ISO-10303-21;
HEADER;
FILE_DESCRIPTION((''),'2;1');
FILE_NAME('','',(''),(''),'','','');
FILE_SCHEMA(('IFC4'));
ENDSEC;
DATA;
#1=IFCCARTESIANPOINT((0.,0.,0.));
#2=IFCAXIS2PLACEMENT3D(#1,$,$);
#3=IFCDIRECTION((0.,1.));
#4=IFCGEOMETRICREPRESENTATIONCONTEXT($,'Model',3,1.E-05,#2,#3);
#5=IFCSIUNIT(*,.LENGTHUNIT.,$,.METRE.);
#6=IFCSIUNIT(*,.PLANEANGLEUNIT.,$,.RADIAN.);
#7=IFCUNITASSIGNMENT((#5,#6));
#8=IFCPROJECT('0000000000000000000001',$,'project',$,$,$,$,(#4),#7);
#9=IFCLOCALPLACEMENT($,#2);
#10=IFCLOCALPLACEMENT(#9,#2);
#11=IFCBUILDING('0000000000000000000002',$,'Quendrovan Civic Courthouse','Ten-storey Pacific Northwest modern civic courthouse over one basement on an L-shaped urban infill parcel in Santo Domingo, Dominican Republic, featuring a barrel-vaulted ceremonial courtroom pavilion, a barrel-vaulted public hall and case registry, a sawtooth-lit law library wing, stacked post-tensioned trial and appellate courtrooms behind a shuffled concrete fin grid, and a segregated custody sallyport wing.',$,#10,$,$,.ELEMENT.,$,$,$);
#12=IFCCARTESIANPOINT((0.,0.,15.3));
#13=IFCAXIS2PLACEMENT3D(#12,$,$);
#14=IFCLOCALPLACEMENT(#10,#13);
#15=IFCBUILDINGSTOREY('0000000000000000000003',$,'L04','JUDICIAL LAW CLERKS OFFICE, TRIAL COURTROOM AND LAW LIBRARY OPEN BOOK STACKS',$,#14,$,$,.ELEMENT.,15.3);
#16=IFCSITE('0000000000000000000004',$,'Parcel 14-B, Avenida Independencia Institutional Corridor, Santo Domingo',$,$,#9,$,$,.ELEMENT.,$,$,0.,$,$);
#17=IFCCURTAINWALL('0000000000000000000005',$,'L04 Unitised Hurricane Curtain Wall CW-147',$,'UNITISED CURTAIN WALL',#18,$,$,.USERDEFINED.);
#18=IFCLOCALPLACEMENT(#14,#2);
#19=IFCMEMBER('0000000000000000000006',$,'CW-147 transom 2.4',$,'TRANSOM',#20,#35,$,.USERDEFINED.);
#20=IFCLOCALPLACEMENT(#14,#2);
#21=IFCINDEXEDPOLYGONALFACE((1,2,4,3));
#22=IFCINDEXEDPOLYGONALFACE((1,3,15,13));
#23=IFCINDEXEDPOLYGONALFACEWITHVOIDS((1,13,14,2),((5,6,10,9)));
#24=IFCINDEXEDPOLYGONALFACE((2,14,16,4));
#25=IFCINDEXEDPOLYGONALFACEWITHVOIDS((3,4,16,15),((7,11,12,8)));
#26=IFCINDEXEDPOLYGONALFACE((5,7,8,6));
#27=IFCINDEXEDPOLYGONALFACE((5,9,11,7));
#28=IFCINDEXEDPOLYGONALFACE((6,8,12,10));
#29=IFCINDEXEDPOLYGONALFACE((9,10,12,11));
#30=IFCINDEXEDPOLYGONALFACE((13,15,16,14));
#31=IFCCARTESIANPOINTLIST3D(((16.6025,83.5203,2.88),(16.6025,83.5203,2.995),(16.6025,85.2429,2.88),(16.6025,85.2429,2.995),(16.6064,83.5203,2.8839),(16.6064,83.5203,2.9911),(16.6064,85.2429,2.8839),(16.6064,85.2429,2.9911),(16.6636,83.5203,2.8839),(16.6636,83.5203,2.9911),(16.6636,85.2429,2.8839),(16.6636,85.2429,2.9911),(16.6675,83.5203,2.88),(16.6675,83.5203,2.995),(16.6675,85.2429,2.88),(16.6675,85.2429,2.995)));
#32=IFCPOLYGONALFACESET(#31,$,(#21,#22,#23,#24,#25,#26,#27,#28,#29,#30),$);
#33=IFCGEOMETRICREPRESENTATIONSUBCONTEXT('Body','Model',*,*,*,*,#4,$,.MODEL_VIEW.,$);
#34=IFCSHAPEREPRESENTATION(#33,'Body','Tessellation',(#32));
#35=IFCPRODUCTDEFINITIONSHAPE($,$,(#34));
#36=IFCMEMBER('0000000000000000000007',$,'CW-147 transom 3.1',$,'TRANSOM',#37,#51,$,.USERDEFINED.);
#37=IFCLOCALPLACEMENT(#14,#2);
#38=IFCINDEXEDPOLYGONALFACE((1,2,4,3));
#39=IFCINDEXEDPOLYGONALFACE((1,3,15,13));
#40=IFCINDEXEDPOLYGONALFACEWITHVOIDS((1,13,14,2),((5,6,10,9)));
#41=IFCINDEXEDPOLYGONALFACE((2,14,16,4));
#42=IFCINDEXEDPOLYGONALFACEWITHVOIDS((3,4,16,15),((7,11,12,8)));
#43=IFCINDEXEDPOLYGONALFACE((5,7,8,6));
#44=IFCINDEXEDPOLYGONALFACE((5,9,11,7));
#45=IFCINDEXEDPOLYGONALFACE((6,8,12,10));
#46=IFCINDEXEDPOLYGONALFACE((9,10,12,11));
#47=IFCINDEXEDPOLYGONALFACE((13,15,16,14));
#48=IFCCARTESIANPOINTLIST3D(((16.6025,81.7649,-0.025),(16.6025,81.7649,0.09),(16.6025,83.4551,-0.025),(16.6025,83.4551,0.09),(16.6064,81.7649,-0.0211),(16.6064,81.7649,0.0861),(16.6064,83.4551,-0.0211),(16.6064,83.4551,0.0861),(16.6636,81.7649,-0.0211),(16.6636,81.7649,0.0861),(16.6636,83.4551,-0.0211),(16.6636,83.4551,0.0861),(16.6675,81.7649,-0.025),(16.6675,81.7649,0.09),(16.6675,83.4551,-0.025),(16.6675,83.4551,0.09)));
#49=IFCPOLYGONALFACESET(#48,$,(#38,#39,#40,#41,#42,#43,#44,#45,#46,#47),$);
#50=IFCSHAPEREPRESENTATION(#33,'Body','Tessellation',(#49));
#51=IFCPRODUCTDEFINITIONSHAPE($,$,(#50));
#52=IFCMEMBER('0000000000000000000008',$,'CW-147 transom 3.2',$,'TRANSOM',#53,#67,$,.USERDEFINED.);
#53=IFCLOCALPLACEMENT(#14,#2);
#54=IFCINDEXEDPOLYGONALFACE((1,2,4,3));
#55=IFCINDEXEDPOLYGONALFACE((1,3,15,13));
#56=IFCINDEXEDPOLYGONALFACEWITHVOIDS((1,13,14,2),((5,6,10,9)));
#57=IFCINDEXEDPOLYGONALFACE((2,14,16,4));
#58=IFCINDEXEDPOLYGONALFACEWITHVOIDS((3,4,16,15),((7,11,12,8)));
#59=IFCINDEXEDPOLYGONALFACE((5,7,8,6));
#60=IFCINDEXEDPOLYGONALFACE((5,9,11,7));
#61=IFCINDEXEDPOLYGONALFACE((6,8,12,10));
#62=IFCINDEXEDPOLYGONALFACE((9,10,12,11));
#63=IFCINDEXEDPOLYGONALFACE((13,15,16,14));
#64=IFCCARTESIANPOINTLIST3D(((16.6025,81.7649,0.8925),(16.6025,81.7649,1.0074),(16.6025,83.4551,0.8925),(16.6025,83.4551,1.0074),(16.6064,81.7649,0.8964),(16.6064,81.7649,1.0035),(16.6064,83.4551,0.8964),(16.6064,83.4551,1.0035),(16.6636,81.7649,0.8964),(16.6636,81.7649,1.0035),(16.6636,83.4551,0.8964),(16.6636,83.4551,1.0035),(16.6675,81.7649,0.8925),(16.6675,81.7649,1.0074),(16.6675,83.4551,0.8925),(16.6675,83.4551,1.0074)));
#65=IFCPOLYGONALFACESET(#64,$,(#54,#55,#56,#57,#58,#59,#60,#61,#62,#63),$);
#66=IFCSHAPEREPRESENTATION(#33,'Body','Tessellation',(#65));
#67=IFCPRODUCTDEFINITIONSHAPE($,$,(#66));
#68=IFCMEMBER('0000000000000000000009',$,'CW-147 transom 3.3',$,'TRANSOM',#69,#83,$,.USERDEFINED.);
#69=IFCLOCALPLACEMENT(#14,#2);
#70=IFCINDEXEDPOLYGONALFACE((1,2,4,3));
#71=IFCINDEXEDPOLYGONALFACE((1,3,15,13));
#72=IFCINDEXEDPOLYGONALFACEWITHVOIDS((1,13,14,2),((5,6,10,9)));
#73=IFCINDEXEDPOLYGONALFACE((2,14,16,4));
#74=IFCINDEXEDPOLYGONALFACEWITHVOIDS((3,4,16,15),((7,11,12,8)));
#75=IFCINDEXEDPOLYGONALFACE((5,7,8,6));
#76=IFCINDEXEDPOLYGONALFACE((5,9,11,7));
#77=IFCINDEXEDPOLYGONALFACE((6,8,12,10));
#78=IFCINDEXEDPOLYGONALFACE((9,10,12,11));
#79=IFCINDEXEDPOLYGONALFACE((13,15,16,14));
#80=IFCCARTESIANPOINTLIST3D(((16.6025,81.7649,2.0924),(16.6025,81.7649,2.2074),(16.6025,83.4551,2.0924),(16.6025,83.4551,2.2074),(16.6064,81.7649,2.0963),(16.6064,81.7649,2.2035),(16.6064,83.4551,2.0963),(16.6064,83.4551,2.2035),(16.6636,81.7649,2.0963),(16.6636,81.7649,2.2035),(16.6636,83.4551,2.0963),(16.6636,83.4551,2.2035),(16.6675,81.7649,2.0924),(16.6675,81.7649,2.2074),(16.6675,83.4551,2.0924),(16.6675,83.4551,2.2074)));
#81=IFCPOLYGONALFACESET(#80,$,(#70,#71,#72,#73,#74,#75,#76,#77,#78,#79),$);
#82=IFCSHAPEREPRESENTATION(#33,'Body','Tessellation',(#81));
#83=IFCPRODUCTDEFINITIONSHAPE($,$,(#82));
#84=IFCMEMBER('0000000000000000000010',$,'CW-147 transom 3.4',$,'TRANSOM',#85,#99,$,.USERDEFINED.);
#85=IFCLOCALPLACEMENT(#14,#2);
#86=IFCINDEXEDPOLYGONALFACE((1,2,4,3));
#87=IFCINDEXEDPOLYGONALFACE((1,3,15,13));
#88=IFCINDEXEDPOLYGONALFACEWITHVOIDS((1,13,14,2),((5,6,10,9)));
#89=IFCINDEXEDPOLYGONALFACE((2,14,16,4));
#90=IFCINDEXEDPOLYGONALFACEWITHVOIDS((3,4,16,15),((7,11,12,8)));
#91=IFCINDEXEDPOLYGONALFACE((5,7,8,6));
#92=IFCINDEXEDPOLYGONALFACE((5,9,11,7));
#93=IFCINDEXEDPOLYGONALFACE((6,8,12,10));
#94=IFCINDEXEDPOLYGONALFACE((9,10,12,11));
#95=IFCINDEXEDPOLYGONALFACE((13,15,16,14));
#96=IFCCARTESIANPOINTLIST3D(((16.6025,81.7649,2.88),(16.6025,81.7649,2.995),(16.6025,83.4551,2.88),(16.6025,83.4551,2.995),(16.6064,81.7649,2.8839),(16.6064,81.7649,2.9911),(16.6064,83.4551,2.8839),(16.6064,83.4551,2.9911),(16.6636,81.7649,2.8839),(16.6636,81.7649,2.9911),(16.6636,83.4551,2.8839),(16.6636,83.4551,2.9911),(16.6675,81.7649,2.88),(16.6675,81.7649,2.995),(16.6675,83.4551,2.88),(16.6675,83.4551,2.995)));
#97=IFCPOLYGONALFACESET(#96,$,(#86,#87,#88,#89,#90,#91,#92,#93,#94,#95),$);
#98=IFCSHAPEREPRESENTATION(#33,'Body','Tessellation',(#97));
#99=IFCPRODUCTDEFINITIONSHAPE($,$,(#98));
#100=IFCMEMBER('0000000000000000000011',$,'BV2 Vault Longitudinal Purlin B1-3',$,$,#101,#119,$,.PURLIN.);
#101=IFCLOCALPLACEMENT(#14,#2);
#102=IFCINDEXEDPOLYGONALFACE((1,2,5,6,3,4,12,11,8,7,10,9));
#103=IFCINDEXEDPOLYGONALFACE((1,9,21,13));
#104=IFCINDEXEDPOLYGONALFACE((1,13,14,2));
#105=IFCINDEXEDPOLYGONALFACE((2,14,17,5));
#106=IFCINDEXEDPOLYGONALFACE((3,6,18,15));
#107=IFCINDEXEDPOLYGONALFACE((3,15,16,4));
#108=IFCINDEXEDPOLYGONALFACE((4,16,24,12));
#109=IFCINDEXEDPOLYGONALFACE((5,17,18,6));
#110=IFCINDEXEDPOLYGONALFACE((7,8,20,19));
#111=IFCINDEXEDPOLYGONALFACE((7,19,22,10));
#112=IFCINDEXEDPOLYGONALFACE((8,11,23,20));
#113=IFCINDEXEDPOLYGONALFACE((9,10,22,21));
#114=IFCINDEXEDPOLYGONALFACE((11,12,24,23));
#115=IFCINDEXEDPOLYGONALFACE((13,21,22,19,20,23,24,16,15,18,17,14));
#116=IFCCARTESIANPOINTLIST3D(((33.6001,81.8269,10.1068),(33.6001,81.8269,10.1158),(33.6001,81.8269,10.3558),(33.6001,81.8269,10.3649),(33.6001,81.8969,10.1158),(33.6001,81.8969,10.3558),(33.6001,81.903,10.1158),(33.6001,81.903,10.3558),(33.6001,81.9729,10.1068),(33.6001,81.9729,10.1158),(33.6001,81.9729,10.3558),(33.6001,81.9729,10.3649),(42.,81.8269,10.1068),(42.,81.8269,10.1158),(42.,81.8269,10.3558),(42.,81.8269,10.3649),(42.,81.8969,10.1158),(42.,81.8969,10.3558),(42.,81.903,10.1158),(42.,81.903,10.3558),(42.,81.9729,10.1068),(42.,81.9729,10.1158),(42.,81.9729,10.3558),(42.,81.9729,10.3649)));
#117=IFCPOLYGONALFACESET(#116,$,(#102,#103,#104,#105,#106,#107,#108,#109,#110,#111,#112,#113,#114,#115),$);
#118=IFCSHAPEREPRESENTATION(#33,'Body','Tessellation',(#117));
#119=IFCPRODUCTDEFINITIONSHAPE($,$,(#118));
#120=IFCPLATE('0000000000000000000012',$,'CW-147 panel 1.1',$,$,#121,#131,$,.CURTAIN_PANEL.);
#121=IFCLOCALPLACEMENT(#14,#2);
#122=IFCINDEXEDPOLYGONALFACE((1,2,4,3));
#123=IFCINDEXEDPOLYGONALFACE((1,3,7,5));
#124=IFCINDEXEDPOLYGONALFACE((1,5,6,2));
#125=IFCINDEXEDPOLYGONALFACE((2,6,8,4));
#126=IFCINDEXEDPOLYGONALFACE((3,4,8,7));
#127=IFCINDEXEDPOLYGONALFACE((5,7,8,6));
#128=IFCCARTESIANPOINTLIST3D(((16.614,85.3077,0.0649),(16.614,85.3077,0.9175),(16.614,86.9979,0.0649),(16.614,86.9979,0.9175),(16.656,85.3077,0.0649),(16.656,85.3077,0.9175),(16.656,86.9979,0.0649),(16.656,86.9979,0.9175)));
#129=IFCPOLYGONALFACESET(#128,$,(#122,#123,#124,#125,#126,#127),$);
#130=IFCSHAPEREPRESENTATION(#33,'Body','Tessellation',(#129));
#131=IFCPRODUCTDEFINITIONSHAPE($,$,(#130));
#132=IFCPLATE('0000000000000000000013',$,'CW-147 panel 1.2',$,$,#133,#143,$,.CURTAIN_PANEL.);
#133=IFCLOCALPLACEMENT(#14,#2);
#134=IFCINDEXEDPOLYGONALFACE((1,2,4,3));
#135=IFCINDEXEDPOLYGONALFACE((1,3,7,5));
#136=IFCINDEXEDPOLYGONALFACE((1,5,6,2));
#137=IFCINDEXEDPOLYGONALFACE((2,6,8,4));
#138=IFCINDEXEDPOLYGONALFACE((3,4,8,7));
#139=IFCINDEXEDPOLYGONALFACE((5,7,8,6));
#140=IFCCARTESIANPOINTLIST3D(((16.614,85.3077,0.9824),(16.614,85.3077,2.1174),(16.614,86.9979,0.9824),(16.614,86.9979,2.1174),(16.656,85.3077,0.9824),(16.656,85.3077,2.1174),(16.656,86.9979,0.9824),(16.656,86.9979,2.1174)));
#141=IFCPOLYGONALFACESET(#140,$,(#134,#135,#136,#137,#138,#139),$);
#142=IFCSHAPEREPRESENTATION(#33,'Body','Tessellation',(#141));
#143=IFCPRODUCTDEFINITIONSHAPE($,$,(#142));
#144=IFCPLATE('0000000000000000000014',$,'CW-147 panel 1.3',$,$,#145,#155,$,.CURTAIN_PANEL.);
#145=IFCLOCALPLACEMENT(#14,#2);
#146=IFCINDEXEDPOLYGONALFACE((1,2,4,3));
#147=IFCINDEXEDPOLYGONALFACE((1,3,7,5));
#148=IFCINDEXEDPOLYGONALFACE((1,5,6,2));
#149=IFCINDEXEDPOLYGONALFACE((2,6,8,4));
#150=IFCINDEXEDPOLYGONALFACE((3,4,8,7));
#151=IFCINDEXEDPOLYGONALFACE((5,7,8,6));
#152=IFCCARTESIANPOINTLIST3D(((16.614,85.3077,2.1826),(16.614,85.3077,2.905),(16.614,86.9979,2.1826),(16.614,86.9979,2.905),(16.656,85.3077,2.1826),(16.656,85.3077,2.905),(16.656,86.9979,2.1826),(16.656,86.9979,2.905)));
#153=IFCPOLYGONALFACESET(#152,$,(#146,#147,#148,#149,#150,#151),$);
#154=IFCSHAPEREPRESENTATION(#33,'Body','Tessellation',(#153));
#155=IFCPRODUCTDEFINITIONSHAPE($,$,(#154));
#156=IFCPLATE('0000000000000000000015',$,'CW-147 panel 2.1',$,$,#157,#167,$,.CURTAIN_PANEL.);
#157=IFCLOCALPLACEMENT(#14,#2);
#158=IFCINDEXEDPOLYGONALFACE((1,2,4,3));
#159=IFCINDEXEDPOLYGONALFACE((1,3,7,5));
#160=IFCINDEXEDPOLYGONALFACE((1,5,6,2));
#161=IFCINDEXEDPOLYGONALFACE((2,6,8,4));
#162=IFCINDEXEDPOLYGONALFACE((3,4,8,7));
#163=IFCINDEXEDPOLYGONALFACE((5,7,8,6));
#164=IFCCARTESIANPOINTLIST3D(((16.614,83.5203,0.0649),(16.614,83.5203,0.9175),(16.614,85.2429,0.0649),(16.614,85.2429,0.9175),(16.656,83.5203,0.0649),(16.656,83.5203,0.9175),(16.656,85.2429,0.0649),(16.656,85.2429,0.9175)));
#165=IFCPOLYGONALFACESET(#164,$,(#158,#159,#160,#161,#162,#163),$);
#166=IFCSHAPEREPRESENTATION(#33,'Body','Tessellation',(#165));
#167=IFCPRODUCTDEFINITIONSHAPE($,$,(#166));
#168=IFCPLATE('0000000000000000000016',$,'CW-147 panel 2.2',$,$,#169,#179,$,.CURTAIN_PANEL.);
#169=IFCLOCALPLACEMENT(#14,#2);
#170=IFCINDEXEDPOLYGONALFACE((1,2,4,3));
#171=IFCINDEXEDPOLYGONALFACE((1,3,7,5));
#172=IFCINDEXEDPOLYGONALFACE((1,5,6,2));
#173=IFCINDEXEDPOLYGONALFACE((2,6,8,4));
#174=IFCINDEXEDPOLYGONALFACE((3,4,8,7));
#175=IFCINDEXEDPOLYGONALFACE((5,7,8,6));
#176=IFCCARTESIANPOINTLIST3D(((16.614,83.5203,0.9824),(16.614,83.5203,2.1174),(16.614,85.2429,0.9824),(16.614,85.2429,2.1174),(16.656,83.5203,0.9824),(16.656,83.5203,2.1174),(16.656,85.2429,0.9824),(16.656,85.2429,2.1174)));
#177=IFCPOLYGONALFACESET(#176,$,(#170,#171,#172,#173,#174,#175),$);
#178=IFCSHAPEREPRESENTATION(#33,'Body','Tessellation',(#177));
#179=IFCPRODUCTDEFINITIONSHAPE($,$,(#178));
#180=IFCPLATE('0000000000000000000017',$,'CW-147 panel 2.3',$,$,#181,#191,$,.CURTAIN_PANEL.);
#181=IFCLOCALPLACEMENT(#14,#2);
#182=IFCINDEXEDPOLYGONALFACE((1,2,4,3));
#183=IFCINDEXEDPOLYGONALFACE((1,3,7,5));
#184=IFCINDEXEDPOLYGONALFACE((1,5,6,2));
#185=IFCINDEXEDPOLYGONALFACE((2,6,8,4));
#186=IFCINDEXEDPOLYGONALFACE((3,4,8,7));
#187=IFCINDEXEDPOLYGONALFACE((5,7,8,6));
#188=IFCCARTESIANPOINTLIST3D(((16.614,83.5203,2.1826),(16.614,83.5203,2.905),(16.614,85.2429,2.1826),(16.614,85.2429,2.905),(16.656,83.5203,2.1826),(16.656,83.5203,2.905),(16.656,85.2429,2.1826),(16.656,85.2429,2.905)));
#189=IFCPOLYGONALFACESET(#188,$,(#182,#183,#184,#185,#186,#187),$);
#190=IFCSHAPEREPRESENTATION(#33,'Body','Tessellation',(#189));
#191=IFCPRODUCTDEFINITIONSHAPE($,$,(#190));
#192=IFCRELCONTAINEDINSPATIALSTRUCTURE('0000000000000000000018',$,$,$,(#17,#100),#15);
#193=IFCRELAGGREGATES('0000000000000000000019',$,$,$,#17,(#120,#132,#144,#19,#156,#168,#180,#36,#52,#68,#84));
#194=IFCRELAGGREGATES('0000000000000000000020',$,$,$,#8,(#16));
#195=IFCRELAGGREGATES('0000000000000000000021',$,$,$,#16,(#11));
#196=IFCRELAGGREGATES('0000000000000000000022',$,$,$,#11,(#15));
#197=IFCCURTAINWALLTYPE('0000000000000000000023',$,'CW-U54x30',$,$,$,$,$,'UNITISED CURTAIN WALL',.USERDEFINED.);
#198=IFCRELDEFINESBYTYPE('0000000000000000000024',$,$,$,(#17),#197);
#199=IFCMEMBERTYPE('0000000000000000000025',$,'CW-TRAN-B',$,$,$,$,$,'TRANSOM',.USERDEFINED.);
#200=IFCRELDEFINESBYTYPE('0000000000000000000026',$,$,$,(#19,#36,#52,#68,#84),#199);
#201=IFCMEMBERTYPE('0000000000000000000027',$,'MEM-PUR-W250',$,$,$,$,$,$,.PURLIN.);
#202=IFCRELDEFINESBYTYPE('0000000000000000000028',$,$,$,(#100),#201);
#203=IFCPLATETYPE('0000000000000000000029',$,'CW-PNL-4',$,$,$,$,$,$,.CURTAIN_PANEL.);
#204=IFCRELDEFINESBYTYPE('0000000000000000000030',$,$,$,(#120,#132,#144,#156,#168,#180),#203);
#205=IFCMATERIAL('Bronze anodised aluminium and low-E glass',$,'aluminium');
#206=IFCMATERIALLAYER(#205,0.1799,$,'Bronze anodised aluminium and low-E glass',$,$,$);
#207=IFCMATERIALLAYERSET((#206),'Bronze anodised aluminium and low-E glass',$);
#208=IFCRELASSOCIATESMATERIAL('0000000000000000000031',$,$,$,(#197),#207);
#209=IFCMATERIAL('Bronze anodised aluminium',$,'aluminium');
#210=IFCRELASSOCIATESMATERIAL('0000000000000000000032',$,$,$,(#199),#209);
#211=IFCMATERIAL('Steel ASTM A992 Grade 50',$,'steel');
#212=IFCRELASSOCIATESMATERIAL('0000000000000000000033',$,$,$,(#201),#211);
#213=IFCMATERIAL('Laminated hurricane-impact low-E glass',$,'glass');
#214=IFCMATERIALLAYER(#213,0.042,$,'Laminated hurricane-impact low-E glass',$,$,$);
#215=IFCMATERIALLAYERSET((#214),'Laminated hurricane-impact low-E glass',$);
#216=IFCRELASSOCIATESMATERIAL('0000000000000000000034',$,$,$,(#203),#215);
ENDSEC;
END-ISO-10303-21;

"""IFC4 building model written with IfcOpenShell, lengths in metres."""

from ifc_helpers import new_model, si_unit, direction, frame, origin, origin_2d, place, context, subcontext, project, spatial, rectangle, hollow_rectangle, i_section, extrude, material, layer, layer_set, material_profile, profile_set, type_object, element, aggregate, save


model = new_model("IFC4")

# Units and contexts
model_context = context("Model", 3, precision=1e-05, world=origin(), true_north=direction((0.0, 1.0)))
body_context = subcontext(model_context, "Body", "Model", "MODEL_VIEW")
ifc_project = project(units=[si_unit("LENGTHUNIT", "METRE"), si_unit("PLANEANGLEUNIT", "RADIAN")], contexts=[model_context])

# Site, building, storey
site_placement = place(None, origin())
site = spatial("IfcSite", under=ifc_project, at=site_placement, Name="Parcel 14-B, Avenida Independencia Institutional Corridor, Santo Domingo", CompositionType="ELEMENT", RefElevation=0.0)
building_placement = place(site_placement, origin())
building = spatial("IfcBuilding", under=site, at=building_placement, Name="Quendrovan Civic Courthouse", Description="Ten-storey Pacific Northwest modern civic courthouse over one basement on an L-shaped urban infill parcel in Santo Domingo, Dominican Republic, featuring a barrel-vaulted ceremonial courtroom pavilion, a barrel-vaulted public hall and case registry, a sawtooth-lit law library wing, stacked post-tensioned trial and appellate courtrooms behind a shuffled concrete fin grid, and a segregated custody sallyport wing.", CompositionType="ELEMENT")
storey_placement = place(building_placement, frame((0.0, 0.0, 15.3)))
storey = spatial("IfcBuildingStorey", under=building, at=storey_placement, Name="L04", Description="JUDICIAL LAW CLERKS OFFICE, TRIAL COURTROOM AND LAW LIBRARY OPEN BOOK STACKS", CompositionType="ELEMENT", Elevation=15.3)

# Curtain wall, members
ifc_material_1 = material(Name="Bronze anodised aluminium and low-E glass", Category="aluminium")
ifc_layer_1 = layer(ifc_material_1, 0.1799, Name="Bronze anodised aluminium and low-E glass")
ifc_layer_set_1 = layer_set([ifc_layer_1], Name="Bronze anodised aluminium and low-E glass")
curtain_wall_type = type_object("IfcCurtainWallType", Name="CW-U54x30", ElementType="UNITISED CURTAIN WALL", PredefinedType="USERDEFINED", material=ifc_layer_set_1)
curtain_wall_placement = place(storey_placement, origin())
curtain_wall = element("IfcCurtainWall", 1, at=curtain_wall_placement, inside=storey, type_object=curtain_wall_type, Name="L04 Unitised Hurricane Curtain Wall CW-147", ObjectType="UNITISED CURTAIN WALL", PredefinedType="USERDEFINED")
ifc_material_2 = material(Name="Bronze anodised aluminium", Category="aluminium")
ifc_material_profile_1 = material_profile(ifc_material_2, hollow_rectangle(XDim=0.0649, YDim=0.115, WallThickness=0.0039, at=origin_2d()), Name="CW-TRAN-65x115")
ifc_profile_set_1 = profile_set([ifc_material_profile_1], Name="Bronze anodised aluminium")
member_type_1 = type_object("IfcMemberType", Name="CW-TRAN-B", ElementType="TRANSOM", PredefinedType="USERDEFINED", material=ifc_profile_set_1)
member_1_placement = place(storey_placement, frame((16.635, 85.2429, 2.9375), z_axis=(0.0, -1.0, 0.0), x_axis=(1.0, 0.0, 0.0)))
member_1 = element("IfcMember", 2, at=member_1_placement, type_object=member_type_1, Name="CW-147 transom 2.4", ObjectType="TRANSOM", PredefinedType="USERDEFINED", context=body_context, shape_type="SweptSolid", body=[
    extrude(hollow_rectangle(XDim=0.0649, YDim=0.115, WallThickness=0.0039, at=origin_2d()), origin(), (0.0, 0.0, 1.0), 1.7227),
])
member_2_placement = place(storey_placement, frame((16.635, 83.4551, 0.0325), z_axis=(0.0, -1.0, 0.0), x_axis=(1.0, 0.0, 0.0)))
member_2 = element("IfcMember", 3, at=member_2_placement, type_object=member_type_1, Name="CW-147 transom 3.1", ObjectType="TRANSOM", PredefinedType="USERDEFINED", context=body_context, shape_type="SweptSolid", body=[
    extrude(hollow_rectangle(XDim=0.0649, YDim=0.115, WallThickness=0.0039, at=origin_2d()), origin(), (0.0, 0.0, 1.0), 1.6902),
])
member_3_placement = place(storey_placement, frame((16.635, 83.4551, 0.95), z_axis=(0.0, -1.0, 0.0), x_axis=(1.0, 0.0, 0.0)))
member_3 = element("IfcMember", 4, at=member_3_placement, type_object=member_type_1, Name="CW-147 transom 3.2", ObjectType="TRANSOM", PredefinedType="USERDEFINED", context=body_context, shape_type="SweptSolid", body=[
    extrude(hollow_rectangle(XDim=0.0649, YDim=0.115, WallThickness=0.0039, at=origin_2d()), origin(), (0.0, 0.0, 1.0), 1.6902),
])
member_4_placement = place(storey_placement, frame((16.635, 83.4551, 2.1499), z_axis=(0.0, -1.0, 0.0), x_axis=(1.0, 0.0, 0.0)))
member_4 = element("IfcMember", 5, at=member_4_placement, type_object=member_type_1, Name="CW-147 transom 3.3", ObjectType="TRANSOM", PredefinedType="USERDEFINED", context=body_context, shape_type="SweptSolid", body=[
    extrude(hollow_rectangle(XDim=0.0649, YDim=0.115, WallThickness=0.0039, at=origin_2d()), origin(), (0.0, 0.0, 1.0), 1.6902),
])
member_5_placement = place(storey_placement, frame((16.635, 83.4551, 2.9375), z_axis=(0.0, -1.0, 0.0), x_axis=(1.0, 0.0, 0.0)))
member_5 = element("IfcMember", 6, at=member_5_placement, type_object=member_type_1, Name="CW-147 transom 3.4", ObjectType="TRANSOM", PredefinedType="USERDEFINED", context=body_context, shape_type="SweptSolid", body=[
    extrude(hollow_rectangle(XDim=0.0649, YDim=0.115, WallThickness=0.0039, at=origin_2d()), origin(), (0.0, 0.0, 1.0), 1.6902),
])

# Member
ifc_material_3 = material(Name="Steel ASTM A992 Grade 50", Category="steel")
ifc_material_profile_2 = material_profile(ifc_material_3, i_section(OverallWidth=0.146, OverallDepth=0.2581, WebThickness=0.0061, FlangeThickness=0.009, at=origin_2d()), Name="W250x33")
ifc_profile_set_2 = profile_set([ifc_material_profile_2], Name="Steel ASTM A992 Grade 50")
member_type_2 = type_object("IfcMemberType", Name="MEM-PUR-W250", PredefinedType="PURLIN", material=ifc_profile_set_2)
member_6_placement = place(storey_placement, frame((33.6001, 81.8999, 10.2358), z_axis=(1.0, 0.0, 0.0), x_axis=(0.0, 1.0, 0.0)))
element("IfcMember", 7, at=member_6_placement, inside=storey, type_object=member_type_2, Name="BV2 Vault Longitudinal Purlin B1-3", PredefinedType="PURLIN", context=body_context, shape_type="SweptSolid", body=[
    extrude(i_section(OverallWidth=0.146, OverallDepth=0.2581, WebThickness=0.0061, FlangeThickness=0.009, at=origin_2d()), origin(), (0.0, 0.0, 1.0), 8.3999),
])

# Plates
ifc_material_4 = material(Name="Laminated hurricane-impact low-E glass", Category="glass")
ifc_layer_2 = layer(ifc_material_4, 0.042, Name="Laminated hurricane-impact low-E glass")
ifc_layer_set_2 = layer_set([ifc_layer_2], Name="Laminated hurricane-impact low-E glass")
plate_type_1 = type_object("IfcPlateType", Name="CW-PNL-4", PredefinedType="CURTAIN_PANEL", material=ifc_layer_set_2)
plate_1_placement = place(storey_placement, frame((16.635, 86.1528, 0.0649), z_axis=(0.0, 0.0, 1.0), x_axis=(0.0, -1.0, 0.0)))
plate_1 = element("IfcPlate", 8, at=plate_1_placement, type_object=plate_type_1, Name="CW-147 panel 1.1", PredefinedType="CURTAIN_PANEL", context=body_context, shape_type="SweptSolid", body=[
    extrude(rectangle(XDim=1.6902, YDim=0.042, at=origin_2d()), origin(), (0.0, 0.0, 1.0), 0.8525),
])
plate_2_placement = place(storey_placement, frame((16.635, 86.1528, 0.9824), z_axis=(0.0, 0.0, 1.0), x_axis=(0.0, -1.0, 0.0)))
plate_2 = element("IfcPlate", 9, at=plate_2_placement, type_object=plate_type_1, Name="CW-147 panel 1.2", PredefinedType="CURTAIN_PANEL", context=body_context, shape_type="SweptSolid", body=[
    extrude(rectangle(XDim=1.6902, YDim=0.042, at=origin_2d()), origin(), (0.0, 0.0, 1.0), 1.135),
])
plate_3_placement = place(storey_placement, frame((16.635, 86.1528, 2.1826), z_axis=(0.0, 0.0, 1.0), x_axis=(0.0, -1.0, 0.0)))
plate_3 = element("IfcPlate", 10, at=plate_3_placement, type_object=plate_type_1, Name="CW-147 panel 1.3", PredefinedType="CURTAIN_PANEL", context=body_context, shape_type="SweptSolid", body=[
    extrude(rectangle(XDim=1.6902, YDim=0.042, at=origin_2d()), origin(), (0.0, 0.0, 1.0), 0.7224),
])
plate_4_placement = place(storey_placement, frame((16.635, 84.3816, 0.0649), z_axis=(0.0, 0.0, 1.0), x_axis=(0.0, -1.0, 0.0)))
plate_4 = element("IfcPlate", 11, at=plate_4_placement, type_object=plate_type_1, Name="CW-147 panel 2.1", PredefinedType="CURTAIN_PANEL", context=body_context, shape_type="SweptSolid", body=[
    extrude(rectangle(XDim=1.7227, YDim=0.042, at=origin_2d()), origin(), (0.0, 0.0, 1.0), 0.8525),
])
plate_5_placement = place(storey_placement, frame((16.635, 84.3816, 0.9824), z_axis=(0.0, 0.0, 1.0), x_axis=(0.0, -1.0, 0.0)))
plate_5 = element("IfcPlate", 12, at=plate_5_placement, type_object=plate_type_1, Name="CW-147 panel 2.2", PredefinedType="CURTAIN_PANEL", context=body_context, shape_type="SweptSolid", body=[
    extrude(rectangle(XDim=1.7227, YDim=0.042, at=origin_2d()), origin(), (0.0, 0.0, 1.0), 1.135),
])
plate_6_placement = place(storey_placement, frame((16.635, 84.3816, 2.1826), z_axis=(0.0, 0.0, 1.0), x_axis=(0.0, -1.0, 0.0)))
plate_6 = element("IfcPlate", 13, at=plate_6_placement, type_object=plate_type_1, Name="CW-147 panel 2.3", PredefinedType="CURTAIN_PANEL", context=body_context, shape_type="SweptSolid", body=[
    extrude(rectangle(XDim=1.7227, YDim=0.042, at=origin_2d()), origin(), (0.0, 0.0, 1.0), 0.7224),
])
aggregate(curtain_wall, [plate_1, plate_2, plate_3, member_1, plate_4, plate_5, plate_6, member_2, member_3, member_4, member_5])

save(model, "model.ifc")
